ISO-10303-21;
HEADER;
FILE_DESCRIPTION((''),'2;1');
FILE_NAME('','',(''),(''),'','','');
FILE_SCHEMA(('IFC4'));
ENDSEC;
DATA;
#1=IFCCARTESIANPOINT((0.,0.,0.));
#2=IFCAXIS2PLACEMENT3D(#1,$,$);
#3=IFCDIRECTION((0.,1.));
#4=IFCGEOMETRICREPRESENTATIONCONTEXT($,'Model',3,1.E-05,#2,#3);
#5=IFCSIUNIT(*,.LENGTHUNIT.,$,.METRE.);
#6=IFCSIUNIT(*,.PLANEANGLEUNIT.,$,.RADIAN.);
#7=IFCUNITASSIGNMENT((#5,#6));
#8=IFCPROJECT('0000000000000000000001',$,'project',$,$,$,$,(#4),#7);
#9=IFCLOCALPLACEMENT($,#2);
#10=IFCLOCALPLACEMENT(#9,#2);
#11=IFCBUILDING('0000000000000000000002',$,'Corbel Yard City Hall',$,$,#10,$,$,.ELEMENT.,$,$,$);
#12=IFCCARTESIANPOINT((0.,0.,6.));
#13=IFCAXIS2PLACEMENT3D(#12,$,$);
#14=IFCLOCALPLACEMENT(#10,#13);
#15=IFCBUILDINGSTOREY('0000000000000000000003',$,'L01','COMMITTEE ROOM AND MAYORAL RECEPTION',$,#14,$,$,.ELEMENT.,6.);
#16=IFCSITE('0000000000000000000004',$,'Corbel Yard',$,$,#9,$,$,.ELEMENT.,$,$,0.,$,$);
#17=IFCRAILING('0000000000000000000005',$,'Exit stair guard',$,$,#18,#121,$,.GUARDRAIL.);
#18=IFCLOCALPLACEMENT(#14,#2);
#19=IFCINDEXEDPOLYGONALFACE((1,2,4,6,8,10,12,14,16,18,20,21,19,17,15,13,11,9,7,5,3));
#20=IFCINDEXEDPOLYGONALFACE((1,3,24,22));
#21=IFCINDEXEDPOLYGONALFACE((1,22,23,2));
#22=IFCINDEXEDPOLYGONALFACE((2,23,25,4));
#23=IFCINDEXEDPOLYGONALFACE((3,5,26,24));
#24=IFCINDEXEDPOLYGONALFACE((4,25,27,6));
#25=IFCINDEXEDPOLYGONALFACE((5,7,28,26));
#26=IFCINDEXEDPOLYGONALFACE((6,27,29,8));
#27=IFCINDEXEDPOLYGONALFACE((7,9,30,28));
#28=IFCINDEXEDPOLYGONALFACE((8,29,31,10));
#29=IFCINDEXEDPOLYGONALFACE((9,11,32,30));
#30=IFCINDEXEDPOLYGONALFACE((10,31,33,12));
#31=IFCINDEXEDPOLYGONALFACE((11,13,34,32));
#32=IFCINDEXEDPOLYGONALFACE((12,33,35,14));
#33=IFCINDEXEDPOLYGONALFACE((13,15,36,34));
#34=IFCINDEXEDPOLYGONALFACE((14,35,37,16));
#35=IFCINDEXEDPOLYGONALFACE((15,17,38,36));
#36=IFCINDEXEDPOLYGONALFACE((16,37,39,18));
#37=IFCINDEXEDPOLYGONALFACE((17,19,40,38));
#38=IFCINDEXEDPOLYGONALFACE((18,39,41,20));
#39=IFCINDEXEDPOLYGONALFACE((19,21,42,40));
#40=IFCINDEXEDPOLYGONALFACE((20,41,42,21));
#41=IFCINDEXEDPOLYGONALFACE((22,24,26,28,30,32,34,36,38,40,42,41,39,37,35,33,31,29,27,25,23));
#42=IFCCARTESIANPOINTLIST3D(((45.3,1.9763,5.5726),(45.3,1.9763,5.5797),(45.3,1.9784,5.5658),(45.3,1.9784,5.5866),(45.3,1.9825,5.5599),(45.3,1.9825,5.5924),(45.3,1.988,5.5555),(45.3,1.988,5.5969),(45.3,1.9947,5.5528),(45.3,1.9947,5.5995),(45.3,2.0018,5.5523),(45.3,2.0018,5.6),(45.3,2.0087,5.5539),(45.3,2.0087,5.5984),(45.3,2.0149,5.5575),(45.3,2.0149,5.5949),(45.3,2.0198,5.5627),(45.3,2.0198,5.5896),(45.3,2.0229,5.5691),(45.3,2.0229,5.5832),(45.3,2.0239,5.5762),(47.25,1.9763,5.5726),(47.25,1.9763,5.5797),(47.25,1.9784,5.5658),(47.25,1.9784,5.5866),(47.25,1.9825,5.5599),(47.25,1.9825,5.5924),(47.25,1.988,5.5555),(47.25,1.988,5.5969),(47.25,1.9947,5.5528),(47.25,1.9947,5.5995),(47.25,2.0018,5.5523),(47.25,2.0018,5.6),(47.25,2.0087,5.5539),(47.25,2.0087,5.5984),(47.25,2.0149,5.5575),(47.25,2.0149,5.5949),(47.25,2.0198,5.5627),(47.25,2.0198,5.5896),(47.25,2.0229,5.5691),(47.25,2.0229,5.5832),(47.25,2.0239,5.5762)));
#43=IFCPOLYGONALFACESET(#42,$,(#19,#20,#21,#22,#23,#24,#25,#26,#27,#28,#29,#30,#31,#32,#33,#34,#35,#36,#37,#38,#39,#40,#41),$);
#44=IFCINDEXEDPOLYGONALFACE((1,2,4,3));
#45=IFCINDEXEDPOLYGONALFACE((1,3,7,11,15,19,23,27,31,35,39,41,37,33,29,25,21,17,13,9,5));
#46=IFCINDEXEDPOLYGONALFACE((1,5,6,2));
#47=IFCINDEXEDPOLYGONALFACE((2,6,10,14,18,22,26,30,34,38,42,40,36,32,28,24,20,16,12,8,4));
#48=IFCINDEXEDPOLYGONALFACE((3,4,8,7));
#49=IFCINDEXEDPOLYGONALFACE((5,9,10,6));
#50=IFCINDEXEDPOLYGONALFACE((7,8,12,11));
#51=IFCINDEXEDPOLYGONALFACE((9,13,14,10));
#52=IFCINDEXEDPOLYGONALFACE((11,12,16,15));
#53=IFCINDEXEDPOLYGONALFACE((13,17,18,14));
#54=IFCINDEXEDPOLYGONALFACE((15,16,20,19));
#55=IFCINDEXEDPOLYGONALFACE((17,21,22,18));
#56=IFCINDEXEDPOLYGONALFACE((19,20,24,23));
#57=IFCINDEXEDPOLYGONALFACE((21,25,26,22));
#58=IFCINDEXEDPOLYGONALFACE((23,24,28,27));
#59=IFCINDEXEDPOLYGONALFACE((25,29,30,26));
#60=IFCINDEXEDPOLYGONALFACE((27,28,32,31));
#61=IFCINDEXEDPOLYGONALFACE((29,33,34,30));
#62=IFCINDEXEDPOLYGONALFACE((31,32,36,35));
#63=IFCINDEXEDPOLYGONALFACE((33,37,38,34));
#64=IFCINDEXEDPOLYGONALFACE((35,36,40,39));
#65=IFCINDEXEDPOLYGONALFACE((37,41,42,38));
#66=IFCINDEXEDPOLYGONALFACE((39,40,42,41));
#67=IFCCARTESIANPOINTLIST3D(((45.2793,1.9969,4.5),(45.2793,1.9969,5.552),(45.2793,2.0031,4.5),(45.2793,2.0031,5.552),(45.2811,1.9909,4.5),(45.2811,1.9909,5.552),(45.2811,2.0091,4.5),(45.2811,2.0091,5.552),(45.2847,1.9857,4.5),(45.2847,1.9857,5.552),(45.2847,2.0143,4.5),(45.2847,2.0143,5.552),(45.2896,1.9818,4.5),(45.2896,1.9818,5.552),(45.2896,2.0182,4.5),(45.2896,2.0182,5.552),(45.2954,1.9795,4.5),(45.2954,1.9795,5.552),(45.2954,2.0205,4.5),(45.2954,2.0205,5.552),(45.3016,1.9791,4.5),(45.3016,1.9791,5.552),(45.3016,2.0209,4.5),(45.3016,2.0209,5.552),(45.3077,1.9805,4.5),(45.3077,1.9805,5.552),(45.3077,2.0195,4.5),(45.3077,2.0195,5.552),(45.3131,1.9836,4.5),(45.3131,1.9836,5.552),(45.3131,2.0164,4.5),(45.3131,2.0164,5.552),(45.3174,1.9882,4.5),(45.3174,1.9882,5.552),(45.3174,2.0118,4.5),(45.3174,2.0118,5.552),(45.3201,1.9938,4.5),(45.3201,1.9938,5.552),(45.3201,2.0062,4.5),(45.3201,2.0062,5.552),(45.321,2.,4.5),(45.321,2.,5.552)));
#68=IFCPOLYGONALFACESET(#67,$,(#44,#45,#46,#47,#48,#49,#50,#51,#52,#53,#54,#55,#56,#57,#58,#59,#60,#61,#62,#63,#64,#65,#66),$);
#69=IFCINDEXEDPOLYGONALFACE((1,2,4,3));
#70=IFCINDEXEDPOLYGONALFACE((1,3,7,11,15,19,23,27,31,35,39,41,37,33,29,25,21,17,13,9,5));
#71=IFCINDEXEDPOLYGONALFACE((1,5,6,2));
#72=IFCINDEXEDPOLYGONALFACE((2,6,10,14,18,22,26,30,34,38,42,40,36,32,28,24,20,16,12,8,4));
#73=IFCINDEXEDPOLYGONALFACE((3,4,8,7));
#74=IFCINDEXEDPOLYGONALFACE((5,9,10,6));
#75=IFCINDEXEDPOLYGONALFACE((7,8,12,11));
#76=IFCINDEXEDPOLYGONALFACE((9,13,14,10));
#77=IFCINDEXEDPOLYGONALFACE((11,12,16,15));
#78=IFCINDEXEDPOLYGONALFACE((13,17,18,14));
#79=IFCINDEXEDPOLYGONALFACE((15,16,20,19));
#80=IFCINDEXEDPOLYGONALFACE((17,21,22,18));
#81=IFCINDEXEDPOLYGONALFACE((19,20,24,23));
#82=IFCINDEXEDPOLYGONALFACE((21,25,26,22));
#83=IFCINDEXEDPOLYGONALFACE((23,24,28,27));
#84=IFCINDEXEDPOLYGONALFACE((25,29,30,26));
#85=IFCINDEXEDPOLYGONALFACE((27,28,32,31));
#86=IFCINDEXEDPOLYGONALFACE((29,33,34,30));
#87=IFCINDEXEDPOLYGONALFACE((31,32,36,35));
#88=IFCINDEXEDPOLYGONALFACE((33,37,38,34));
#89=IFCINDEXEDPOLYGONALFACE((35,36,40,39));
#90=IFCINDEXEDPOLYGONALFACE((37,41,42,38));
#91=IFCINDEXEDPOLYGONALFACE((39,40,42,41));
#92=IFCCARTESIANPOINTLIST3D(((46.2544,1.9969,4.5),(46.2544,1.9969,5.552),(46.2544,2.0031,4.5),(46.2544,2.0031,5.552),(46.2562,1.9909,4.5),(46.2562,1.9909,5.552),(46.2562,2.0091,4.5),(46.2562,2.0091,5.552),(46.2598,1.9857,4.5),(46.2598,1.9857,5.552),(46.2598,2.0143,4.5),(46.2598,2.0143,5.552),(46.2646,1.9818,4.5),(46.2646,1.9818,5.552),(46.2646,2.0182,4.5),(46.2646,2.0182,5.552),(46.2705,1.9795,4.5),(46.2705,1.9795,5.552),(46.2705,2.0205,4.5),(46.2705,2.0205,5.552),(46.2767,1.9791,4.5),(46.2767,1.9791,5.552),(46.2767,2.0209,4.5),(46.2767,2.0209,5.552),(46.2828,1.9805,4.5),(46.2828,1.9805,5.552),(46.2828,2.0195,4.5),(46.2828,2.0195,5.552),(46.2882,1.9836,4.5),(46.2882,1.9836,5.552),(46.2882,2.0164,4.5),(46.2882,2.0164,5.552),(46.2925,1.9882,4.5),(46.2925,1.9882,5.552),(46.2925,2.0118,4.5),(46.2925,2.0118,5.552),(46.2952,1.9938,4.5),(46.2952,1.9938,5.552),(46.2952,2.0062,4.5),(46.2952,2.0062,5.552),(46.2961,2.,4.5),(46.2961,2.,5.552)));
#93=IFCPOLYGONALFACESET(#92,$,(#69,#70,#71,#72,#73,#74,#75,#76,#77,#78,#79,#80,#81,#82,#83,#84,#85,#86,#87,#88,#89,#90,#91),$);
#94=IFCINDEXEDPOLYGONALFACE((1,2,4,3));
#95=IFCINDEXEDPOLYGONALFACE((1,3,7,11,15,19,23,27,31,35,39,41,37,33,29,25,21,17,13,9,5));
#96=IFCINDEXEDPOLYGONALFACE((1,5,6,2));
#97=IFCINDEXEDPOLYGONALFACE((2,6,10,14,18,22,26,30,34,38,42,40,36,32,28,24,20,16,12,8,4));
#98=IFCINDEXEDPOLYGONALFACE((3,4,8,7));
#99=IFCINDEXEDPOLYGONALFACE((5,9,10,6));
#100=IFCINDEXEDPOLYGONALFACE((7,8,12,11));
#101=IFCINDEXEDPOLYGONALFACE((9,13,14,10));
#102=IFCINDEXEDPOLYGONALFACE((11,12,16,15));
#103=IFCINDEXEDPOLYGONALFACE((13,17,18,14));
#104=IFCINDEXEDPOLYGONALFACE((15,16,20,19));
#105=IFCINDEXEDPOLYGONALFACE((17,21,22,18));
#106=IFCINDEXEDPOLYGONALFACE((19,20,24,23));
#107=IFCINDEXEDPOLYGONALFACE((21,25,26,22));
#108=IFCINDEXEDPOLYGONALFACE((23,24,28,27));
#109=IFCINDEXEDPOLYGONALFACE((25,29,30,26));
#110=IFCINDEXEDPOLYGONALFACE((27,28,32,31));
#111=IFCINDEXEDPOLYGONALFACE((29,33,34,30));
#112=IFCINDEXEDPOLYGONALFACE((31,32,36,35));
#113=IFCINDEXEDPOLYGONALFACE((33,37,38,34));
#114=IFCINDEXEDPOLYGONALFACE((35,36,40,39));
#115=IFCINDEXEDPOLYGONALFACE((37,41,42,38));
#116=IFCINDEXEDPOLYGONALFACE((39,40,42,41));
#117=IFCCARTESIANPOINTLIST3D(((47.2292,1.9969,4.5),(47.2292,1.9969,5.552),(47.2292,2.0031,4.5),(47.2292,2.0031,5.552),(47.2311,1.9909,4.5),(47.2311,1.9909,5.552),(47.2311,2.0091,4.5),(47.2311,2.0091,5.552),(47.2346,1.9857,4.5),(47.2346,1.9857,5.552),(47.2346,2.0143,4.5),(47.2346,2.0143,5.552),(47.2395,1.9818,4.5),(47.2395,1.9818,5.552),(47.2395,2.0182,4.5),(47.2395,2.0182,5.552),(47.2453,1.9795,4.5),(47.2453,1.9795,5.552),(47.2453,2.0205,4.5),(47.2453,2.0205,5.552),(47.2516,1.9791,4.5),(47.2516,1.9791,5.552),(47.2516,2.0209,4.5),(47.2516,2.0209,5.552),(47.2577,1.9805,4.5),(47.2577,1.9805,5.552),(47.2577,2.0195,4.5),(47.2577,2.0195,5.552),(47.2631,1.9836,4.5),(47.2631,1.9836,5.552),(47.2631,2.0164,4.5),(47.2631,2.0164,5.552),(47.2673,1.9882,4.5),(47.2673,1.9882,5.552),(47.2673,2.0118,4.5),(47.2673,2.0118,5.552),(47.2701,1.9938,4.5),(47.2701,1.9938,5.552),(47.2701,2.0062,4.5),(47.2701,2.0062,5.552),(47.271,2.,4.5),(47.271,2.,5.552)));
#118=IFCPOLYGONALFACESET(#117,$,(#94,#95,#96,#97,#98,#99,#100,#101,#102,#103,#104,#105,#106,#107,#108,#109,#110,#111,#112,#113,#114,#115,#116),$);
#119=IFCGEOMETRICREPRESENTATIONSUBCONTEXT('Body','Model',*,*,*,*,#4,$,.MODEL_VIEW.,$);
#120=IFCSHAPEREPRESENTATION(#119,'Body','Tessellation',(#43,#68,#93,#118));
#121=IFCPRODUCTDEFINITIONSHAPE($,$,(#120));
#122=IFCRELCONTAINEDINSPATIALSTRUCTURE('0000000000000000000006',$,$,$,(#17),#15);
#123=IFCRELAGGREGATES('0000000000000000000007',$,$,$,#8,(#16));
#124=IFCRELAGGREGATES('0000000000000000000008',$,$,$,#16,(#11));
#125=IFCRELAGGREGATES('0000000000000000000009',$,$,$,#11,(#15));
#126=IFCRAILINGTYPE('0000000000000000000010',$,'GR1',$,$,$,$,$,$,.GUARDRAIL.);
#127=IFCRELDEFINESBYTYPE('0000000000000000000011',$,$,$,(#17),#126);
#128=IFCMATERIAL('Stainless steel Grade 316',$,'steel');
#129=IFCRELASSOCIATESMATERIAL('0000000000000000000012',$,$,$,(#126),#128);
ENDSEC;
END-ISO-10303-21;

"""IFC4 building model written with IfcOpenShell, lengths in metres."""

from ifc_helpers import new_model, si_unit, direction, frame, origin, origin_2d, place, context, subcontext, project, spatial, circle, extrude, material, type_object, element, save


model = new_model("IFC4")

# Units and contexts
model_context = context("Model", 3, precision=1e-05, world=origin(), true_north=direction((0.0, 1.0)))
body_context = subcontext(model_context, "Body", "Model", "MODEL_VIEW")
ifc_project = project(units=[si_unit("LENGTHUNIT", "METRE"), si_unit("PLANEANGLEUNIT", "RADIAN")], contexts=[model_context])

# Site, building, storey
site_placement = place(None, origin())
site = spatial("IfcSite", under=ifc_project, at=site_placement, Name="Corbel Yard", CompositionType="ELEMENT", RefElevation=0.0)
building_placement = place(site_placement, origin())
building = spatial("IfcBuilding", under=site, at=building_placement, Name="Corbel Yard City Hall", CompositionType="ELEMENT")
storey_placement = place(building_placement, frame((0.0, 0.0, 6.0)))
storey = spatial("IfcBuildingStorey", under=building, at=storey_placement, Name="L01", Description="COMMITTEE ROOM AND MAYORAL RECEPTION", CompositionType="ELEMENT", Elevation=6.0)

# Railing
ifc_material_1 = material(Name="Stainless steel Grade 316", Category="steel")
railing_type = type_object("IfcRailingType", Name="GR1", PredefinedType="GUARDRAIL", material=ifc_material_1)
railing_placement = place(storey_placement, frame((45.3, 2.0, 4.5)))
element("IfcRailing", 1, at=railing_placement, inside=storey, type_object=railing_type, Name="Exit stair guard", PredefinedType="GUARDRAIL", context=body_context, shape_type="SweptSolid", body=[
    extrude(circle(Radius=0.0239, at=origin_2d()), frame((0.0, 0.0, 1.0762), z_axis=(1.0, 0.0, 0.0), x_axis=(0.0, 1.0, 0.0)), (0.0, 0.0, 1.0), 1.95),
    extrude(circle(Radius=0.021, at=origin_2d()), origin(), (0.0, 0.0, 1.0), 1.052),
    extrude(circle(Radius=0.021, at=origin_2d()), frame((0.9751, 0.0, 0.0)), (0.0, 0.0, 1.0), 1.052),
    extrude(circle(Radius=0.021, at=origin_2d()), frame((1.95, 0.0, 0.0)), (0.0, 0.0, 1.0), 1.052),
])

save(model, "model.ifc")
